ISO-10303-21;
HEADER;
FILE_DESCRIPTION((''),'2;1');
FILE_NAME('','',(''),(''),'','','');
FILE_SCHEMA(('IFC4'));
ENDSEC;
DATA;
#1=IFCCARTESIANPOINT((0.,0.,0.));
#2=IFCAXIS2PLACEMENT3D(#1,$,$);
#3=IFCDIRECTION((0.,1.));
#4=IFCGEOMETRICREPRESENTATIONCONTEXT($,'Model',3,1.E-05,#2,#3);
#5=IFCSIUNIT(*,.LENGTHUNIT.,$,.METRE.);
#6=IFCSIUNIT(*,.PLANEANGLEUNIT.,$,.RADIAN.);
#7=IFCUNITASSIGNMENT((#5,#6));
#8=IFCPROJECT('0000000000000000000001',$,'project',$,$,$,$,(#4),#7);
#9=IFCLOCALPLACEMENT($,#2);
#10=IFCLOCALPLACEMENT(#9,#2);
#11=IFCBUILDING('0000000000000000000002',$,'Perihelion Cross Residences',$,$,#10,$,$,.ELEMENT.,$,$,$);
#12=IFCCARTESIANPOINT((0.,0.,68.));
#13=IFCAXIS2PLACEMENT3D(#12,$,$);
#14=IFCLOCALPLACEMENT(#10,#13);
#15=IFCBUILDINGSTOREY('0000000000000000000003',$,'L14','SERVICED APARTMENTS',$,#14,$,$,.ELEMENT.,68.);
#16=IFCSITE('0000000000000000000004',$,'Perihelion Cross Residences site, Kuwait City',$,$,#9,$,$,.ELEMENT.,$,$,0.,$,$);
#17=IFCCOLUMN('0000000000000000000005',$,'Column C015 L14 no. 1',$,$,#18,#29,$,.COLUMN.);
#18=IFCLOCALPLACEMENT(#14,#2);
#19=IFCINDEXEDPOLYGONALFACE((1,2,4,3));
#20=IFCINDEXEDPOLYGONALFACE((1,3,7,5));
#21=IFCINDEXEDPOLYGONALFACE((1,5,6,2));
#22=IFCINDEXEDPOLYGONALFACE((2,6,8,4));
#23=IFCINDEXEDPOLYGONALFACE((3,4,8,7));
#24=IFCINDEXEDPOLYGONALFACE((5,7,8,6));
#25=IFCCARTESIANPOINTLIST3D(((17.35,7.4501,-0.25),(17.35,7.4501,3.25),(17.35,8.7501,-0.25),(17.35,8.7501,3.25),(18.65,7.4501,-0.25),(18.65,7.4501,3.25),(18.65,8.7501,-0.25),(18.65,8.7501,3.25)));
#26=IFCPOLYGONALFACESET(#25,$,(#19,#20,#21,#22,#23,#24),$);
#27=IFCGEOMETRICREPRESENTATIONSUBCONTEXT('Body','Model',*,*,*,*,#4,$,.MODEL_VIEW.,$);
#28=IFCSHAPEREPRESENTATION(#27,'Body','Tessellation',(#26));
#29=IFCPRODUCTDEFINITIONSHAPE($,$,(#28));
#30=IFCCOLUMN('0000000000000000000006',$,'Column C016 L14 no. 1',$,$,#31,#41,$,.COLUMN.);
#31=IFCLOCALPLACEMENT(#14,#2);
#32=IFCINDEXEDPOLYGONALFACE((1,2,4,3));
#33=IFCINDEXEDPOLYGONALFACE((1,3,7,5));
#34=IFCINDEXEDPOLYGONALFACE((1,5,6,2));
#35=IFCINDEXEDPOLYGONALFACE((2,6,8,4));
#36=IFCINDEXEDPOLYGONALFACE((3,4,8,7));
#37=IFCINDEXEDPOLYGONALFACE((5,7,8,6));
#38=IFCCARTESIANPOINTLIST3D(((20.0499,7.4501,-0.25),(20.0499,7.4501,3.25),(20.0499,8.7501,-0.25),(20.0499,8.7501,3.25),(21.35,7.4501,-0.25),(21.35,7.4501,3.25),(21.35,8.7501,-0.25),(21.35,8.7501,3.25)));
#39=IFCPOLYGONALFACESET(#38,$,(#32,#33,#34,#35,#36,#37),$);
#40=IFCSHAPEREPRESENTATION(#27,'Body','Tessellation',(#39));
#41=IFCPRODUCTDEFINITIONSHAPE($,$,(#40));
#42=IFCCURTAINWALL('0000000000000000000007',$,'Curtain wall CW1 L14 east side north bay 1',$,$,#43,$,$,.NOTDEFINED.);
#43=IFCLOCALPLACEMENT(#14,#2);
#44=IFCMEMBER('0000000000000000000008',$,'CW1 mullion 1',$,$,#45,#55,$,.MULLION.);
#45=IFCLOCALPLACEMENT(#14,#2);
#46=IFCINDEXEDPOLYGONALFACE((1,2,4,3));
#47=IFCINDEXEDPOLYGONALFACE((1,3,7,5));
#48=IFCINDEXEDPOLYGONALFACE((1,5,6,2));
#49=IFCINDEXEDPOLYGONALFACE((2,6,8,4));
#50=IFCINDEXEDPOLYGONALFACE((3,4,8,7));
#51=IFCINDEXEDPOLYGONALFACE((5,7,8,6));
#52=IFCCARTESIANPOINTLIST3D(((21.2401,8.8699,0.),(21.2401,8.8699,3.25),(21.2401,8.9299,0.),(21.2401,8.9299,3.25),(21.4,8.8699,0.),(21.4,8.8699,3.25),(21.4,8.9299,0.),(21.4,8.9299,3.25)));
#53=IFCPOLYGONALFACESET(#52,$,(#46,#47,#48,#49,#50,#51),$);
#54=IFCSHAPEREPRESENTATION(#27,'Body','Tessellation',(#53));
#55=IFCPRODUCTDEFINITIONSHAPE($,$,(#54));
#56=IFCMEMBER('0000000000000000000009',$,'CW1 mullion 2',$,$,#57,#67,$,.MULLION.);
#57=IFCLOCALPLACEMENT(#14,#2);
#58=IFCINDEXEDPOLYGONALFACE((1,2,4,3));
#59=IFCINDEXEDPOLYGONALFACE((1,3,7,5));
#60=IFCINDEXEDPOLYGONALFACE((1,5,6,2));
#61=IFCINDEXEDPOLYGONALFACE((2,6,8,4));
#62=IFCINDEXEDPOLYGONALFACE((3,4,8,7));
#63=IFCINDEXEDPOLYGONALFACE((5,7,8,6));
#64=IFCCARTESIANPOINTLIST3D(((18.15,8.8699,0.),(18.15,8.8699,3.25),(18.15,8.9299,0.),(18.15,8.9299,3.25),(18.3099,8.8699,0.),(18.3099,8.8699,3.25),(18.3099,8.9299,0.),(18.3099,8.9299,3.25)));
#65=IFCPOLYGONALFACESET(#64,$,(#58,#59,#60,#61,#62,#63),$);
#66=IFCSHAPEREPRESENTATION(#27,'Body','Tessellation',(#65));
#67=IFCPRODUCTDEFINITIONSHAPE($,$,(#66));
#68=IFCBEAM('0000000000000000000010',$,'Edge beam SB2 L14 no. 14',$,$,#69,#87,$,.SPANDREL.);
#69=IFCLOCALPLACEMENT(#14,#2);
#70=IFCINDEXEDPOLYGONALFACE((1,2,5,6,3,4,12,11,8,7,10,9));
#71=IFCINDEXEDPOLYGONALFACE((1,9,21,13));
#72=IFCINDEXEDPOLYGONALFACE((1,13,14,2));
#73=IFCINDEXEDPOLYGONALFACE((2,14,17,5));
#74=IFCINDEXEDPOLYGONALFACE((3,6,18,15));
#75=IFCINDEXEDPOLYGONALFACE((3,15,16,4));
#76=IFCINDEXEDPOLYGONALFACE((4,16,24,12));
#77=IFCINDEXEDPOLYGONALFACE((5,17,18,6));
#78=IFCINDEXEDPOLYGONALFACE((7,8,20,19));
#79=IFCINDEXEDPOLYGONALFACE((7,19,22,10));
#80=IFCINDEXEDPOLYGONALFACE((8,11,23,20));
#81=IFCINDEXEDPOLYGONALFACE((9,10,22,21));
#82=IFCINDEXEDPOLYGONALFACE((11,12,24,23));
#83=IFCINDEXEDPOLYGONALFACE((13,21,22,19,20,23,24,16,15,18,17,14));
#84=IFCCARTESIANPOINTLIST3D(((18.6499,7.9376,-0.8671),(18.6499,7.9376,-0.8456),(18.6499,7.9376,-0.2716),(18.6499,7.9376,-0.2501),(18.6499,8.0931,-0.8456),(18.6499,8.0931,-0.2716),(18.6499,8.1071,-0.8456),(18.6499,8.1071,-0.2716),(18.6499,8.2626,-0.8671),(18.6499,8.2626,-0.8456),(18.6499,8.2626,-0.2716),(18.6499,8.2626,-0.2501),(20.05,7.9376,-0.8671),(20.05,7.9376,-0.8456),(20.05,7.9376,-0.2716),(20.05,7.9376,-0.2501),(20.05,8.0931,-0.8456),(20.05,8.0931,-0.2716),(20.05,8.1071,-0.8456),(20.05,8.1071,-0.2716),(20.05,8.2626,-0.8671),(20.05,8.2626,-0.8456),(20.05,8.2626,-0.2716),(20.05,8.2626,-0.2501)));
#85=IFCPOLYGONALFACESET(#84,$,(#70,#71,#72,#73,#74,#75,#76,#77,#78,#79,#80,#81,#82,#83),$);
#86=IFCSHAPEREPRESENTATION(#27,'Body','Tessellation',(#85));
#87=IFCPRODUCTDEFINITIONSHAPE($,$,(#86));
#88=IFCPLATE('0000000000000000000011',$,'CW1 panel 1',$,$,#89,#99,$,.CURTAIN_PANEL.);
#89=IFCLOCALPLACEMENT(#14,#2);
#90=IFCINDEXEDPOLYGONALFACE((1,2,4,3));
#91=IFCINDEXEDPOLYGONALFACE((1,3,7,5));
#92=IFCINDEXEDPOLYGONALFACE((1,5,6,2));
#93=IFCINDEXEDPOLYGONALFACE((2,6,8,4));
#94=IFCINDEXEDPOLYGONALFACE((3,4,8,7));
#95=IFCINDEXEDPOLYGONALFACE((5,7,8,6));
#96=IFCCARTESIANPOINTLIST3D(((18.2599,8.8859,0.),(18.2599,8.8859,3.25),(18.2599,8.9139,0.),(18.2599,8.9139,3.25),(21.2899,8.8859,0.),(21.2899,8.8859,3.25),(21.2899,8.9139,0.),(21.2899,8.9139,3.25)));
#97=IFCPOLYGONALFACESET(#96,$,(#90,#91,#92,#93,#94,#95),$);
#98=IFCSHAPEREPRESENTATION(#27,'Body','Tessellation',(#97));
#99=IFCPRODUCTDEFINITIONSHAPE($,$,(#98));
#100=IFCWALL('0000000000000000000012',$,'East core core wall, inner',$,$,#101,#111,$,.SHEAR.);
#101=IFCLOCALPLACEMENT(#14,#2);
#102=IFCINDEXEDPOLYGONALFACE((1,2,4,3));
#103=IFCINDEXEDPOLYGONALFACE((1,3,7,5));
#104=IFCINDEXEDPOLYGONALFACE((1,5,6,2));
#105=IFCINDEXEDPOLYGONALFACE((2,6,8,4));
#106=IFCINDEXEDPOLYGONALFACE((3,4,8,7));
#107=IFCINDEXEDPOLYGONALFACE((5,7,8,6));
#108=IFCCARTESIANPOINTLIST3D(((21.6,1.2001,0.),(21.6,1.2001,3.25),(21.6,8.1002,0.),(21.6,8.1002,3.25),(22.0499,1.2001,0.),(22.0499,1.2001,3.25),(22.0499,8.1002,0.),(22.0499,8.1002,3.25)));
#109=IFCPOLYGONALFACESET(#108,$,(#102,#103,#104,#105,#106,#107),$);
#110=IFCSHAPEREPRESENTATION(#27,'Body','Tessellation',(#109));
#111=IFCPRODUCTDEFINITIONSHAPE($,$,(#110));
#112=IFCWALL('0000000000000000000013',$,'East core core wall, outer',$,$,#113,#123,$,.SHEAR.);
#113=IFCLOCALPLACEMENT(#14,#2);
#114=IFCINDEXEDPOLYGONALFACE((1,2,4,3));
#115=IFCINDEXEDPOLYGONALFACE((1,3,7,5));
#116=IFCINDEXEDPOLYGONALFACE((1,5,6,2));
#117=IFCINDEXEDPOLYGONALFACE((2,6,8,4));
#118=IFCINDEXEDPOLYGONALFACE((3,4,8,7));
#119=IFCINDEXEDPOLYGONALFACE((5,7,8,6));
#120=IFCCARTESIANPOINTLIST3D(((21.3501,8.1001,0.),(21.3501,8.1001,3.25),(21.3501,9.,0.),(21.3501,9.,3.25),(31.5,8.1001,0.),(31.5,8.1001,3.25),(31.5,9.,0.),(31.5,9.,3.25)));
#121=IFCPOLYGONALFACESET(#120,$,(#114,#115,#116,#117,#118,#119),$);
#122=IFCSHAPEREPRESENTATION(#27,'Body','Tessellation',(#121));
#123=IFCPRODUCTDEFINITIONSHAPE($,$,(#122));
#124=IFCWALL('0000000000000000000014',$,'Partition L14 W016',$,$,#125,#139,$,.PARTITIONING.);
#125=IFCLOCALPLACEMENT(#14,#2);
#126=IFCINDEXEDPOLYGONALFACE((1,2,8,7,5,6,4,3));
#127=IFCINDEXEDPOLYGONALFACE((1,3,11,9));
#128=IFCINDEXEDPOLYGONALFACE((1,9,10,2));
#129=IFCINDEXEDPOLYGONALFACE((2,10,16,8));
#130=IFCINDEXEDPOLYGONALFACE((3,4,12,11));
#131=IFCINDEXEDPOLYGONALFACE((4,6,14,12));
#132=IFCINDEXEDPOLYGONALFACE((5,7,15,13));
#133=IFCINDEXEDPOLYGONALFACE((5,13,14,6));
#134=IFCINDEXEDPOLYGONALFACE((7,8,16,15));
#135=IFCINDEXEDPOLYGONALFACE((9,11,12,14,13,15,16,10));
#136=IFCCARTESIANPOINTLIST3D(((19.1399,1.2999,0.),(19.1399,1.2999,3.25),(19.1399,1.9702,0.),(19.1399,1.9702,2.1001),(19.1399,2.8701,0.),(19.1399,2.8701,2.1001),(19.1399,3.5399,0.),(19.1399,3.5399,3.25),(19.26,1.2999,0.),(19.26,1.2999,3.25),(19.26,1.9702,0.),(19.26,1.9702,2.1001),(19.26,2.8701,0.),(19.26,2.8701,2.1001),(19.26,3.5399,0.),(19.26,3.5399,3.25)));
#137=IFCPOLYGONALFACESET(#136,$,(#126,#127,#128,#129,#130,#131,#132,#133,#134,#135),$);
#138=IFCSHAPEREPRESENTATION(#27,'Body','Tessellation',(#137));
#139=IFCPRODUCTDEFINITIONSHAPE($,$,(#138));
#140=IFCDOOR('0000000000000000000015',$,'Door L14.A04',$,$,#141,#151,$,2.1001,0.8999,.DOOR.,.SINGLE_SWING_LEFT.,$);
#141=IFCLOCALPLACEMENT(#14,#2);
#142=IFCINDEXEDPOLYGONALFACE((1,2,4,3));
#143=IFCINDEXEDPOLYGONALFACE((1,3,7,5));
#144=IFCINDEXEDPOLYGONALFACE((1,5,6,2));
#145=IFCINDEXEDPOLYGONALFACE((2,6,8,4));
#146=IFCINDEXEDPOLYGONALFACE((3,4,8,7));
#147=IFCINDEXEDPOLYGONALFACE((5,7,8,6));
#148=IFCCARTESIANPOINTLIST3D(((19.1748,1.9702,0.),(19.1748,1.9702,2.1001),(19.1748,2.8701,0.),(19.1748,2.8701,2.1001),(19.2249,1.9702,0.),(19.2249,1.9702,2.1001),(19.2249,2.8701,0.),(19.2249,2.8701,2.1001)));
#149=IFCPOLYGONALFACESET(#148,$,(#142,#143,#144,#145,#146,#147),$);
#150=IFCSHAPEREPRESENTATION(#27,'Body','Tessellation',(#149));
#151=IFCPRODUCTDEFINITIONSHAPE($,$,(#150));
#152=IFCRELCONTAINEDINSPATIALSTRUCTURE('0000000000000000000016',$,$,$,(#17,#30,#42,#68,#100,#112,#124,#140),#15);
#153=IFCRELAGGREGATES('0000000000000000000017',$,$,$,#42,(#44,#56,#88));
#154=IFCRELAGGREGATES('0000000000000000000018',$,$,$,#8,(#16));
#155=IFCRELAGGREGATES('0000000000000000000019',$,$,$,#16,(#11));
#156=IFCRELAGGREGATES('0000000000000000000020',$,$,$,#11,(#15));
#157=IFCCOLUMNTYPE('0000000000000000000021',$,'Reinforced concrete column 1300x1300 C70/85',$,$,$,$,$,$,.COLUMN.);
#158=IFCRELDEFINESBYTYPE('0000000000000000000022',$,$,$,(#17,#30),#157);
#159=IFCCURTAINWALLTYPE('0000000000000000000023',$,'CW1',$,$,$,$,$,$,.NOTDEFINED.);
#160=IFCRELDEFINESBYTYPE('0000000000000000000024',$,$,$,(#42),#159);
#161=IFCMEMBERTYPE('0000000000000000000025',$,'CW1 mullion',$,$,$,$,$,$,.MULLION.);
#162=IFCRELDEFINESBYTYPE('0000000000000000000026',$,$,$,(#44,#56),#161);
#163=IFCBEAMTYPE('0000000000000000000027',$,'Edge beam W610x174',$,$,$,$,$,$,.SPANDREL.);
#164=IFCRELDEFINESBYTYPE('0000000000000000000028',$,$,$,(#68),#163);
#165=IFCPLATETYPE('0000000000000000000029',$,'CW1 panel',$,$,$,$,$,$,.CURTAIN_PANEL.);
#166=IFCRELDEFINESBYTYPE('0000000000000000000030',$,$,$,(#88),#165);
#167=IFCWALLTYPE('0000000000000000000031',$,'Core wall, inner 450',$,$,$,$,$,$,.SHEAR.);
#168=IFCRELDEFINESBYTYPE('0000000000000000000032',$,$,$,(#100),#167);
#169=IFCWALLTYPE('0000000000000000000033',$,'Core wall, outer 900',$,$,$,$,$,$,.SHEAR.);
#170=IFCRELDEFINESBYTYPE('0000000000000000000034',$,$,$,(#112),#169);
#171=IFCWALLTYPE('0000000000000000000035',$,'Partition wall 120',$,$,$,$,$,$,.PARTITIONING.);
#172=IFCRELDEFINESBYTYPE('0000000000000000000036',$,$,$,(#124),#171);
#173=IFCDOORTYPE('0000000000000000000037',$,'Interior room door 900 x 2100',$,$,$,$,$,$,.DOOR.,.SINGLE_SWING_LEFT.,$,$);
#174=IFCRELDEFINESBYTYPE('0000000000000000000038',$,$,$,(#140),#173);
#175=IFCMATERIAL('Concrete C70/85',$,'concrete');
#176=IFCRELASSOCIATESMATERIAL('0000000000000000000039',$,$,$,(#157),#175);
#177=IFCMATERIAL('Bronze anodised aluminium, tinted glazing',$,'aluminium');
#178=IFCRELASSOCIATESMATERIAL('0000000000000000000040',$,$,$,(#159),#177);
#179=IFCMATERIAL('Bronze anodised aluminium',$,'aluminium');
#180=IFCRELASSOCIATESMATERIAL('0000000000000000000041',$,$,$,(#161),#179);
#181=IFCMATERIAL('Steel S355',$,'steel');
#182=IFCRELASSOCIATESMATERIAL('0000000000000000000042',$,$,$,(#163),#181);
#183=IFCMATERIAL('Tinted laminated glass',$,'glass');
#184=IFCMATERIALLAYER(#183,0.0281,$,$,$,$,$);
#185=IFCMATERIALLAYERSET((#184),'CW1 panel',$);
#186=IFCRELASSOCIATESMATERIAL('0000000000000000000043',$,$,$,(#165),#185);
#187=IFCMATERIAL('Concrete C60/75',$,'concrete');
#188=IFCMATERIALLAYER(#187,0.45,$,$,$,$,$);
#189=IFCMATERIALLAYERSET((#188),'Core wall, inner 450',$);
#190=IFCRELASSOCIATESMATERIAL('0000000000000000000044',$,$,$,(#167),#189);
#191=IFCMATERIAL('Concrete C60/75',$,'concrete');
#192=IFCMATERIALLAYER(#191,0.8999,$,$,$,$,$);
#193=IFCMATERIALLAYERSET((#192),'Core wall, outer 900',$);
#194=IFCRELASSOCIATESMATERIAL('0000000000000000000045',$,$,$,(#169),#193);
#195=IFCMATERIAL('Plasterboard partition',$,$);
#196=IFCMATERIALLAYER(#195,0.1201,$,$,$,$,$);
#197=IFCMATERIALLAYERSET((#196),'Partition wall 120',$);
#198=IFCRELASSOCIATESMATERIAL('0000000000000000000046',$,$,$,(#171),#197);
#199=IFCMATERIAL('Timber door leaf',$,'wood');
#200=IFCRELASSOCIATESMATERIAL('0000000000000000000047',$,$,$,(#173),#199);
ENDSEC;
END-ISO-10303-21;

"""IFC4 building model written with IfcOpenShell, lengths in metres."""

from ifc_helpers import new_model, si_unit, direction, frame, frame_2d, origin, origin_2d, place, context, subcontext, project, spatial, rectangle, i_section, extrude, material, layer, layer_set, material_profile, profile_set, type_object, element, fill, aggregate, save


model = new_model("IFC4")

# Units and contexts
model_context = context("Model", 3, precision=1e-05, world=origin(), true_north=direction((0.0, 1.0)))
body_context = subcontext(model_context, "Body", "Model", "MODEL_VIEW")
ifc_project = project(units=[si_unit("LENGTHUNIT", "METRE"), si_unit("PLANEANGLEUNIT", "RADIAN")], contexts=[model_context])

# Site, building, storey
site_placement = place(None, origin())
site = spatial("IfcSite", under=ifc_project, at=site_placement, Name="Perihelion Cross Residences site, Kuwait City", CompositionType="ELEMENT", RefElevation=0.0)
building_placement = place(site_placement, origin())
building = spatial("IfcBuilding", under=site, at=building_placement, Name="Perihelion Cross Residences", CompositionType="ELEMENT")
storey_placement = place(building_placement, frame((0.0, 0.0, 68.0)))
storey = spatial("IfcBuildingStorey", under=building, at=storey_placement, Name="L14", Description="SERVICED APARTMENTS", CompositionType="ELEMENT", Elevation=68.0)

# Columns
ifc_material_1 = material(Name="Concrete C70/85", Category="concrete")
ifc_material_profile_1 = material_profile(ifc_material_1, rectangle(XDim=1.3, YDim=1.3, at=origin_2d()), Name="RC 1300x1300")
ifc_profile_set_1 = profile_set([ifc_material_profile_1], Name="Concrete C70/85")
column_type = type_object("IfcColumnType", Name="Reinforced concrete column 1300x1300 C70/85", PredefinedType="COLUMN", material=ifc_profile_set_1)
for number, where, z_axis, x_axis, name in (
    (1, (18.0, 8.1001, -0.25), (0.0, 0.0, 1.0), (1.0, 0.0, 0.0), "Column C015 L14 no. 1"),
    (2, (20.7, 8.1001, -0.25), (0.0, 0.0, 1.0), (1.0, 0.0, 0.0), "Column C016 L14 no. 1"),
):
    element("IfcColumn", number, at=place(storey_placement, frame(where, z_axis=z_axis, x_axis=x_axis)), inside=storey, type_object=column_type, Name=name, PredefinedType="COLUMN", context=body_context, shape_type="SweptSolid", body=[
        extrude(rectangle(XDim=1.3, YDim=1.3, at=origin_2d()), origin(), (0.0, 0.0, 1.0), 3.5),
    ])

# Curtain wall, members
ifc_material_2 = material(Name="Bronze anodised aluminium, tinted glazing", Category="aluminium")
curtain_wall_type = type_object("IfcCurtainWallType", Name="CW1", PredefinedType="NOTDEFINED", material=ifc_material_2)
curtain_wall_placement = place(storey_placement, origin())
curtain_wall = element("IfcCurtainWall", 3, at=curtain_wall_placement, inside=storey, type_object=curtain_wall_type, Name="Curtain wall CW1 L14 east side north bay 1", PredefinedType="NOTDEFINED")
ifc_material_3 = material(Name="Bronze anodised aluminium", Category="aluminium")
ifc_material_profile_2 = material_profile(ifc_material_3, rectangle(XDim=0.0601, YDim=0.1599, at=origin_2d()), Name="CW1 mullion")
ifc_profile_set_2 = profile_set([ifc_material_profile_2], Name="Bronze anodised aluminium")
member_type = type_object("IfcMemberType", Name="CW1 mullion", PredefinedType="MULLION", material=ifc_profile_set_2)
member_1_placement = place(storey_placement, frame((21.3201, 8.8999, 0.0), z_axis=(0.0, 0.0, 1.0), x_axis=(0.0, -1.0, 0.0)))
member_1 = element("IfcMember", 4, at=member_1_placement, type_object=member_type, Name="CW1 mullion 1", PredefinedType="MULLION", context=body_context, shape_type="SweptSolid", body=[
    extrude(rectangle(XDim=0.0601, YDim=0.1599, at=origin_2d()), origin(), (0.0, 0.0, 1.0), 3.25),
])
member_2_placement = place(storey_placement, frame((18.23, 8.8999, 0.0), z_axis=(0.0, 0.0, 1.0), x_axis=(0.0, -1.0, 0.0)))
member_2 = element("IfcMember", 5, at=member_2_placement, type_object=member_type, Name="CW1 mullion 2", PredefinedType="MULLION", context=body_context, shape_type="SweptSolid", body=[
    extrude(rectangle(XDim=0.0601, YDim=0.1599, at=origin_2d()), origin(), (0.0, 0.0, 1.0), 3.25),
])

# Beam
ifc_material_4 = material(Name="Steel S355", Category="steel")
ifc_material_profile_3 = material_profile(ifc_material_4, i_section(OverallWidth=0.325, OverallDepth=0.6169, WebThickness=0.0139, FlangeThickness=0.0215, at=origin_2d()), Name="W610x174")
ifc_profile_set_3 = profile_set([ifc_material_profile_3], Name="Steel S355")
beam_type = type_object("IfcBeamType", Name="Edge beam W610x174", PredefinedType="SPANDREL", material=ifc_profile_set_3)
beam_placement = place(storey_placement, frame((20.05, 8.1001, -0.5586), z_axis=(-1.0, 0.0, 0.0), x_axis=(0.0, -1.0, 0.0)))
element("IfcBeam", 6, at=beam_placement, inside=storey, type_object=beam_type, Name="Edge beam SB2 L14 no. 14", PredefinedType="SPANDREL", context=body_context, shape_type="SweptSolid", body=[
    extrude(i_section(OverallWidth=0.325, OverallDepth=0.6169, WebThickness=0.0139, FlangeThickness=0.0215, at=origin_2d()), origin(), (0.0, 0.0, 1.0), 1.4001),
])

# Plate
ifc_material_5 = material(Name="Tinted laminated glass", Category="glass")
ifc_layer_1 = layer(ifc_material_5, 0.0281)
ifc_layer_set_1 = layer_set([ifc_layer_1], Name="CW1 panel")
plate_type = type_object("IfcPlateType", Name="CW1 panel", PredefinedType="CURTAIN_PANEL", material=ifc_layer_set_1)
plate_placement = place(storey_placement, frame((19.7749, 8.8999, 0.0), z_axis=(0.0, 0.0, 1.0), x_axis=(-1.0, 0.0, 0.0)))
plate = element("IfcPlate", 7, at=plate_placement, type_object=plate_type, Name="CW1 panel 1", PredefinedType="CURTAIN_PANEL", context=body_context, shape_type="SweptSolid", body=[
    extrude(rectangle(XDim=3.03, YDim=0.0281, at=origin_2d()), origin(), (0.0, 0.0, 1.0), 3.25),
])
aggregate(curtain_wall, [member_1, member_2, plate])

# Walls
ifc_material_6 = material(Name="Concrete C60/75", Category="concrete")
ifc_layer_2 = layer(ifc_material_6, 0.45)
ifc_layer_set_2 = layer_set([ifc_layer_2], Name="Core wall, inner 450")
wall_type_1 = type_object("IfcWallType", Name="Core wall, inner 450", PredefinedType="SHEAR", material=ifc_layer_set_2)
wall_1_placement = place(storey_placement, frame((21.825, 1.2, 0.0), z_axis=(0.0, 0.0, 1.0), x_axis=(0.0, 1.0, 0.0)))
element("IfcWall", 8, at=wall_1_placement, inside=storey, type_object=wall_type_1, Name="East core core wall, inner", PredefinedType="SHEAR", context=body_context, shape_type="SweptSolid", body=[
    extrude(rectangle(XDim=6.9001, YDim=0.45, at=frame_2d((3.4502, 0.0))), origin(), (0.0, 0.0, 1.0), 3.25),
])
ifc_material_7 = material(Name="Concrete C60/75", Category="concrete")
ifc_layer_3 = layer(ifc_material_7, 0.8999)
ifc_layer_set_3 = layer_set([ifc_layer_3], Name="Core wall, outer 900")
wall_type_2 = type_object("IfcWallType", Name="Core wall, outer 900", PredefinedType="SHEAR", material=ifc_layer_set_3)
wall_2_placement = place(storey_placement, frame((21.3501, 8.55, 0.0), z_axis=(0.0, 0.0, 1.0), x_axis=(1.0, 0.0, 0.0)))
element("IfcWall", 9, at=wall_2_placement, inside=storey, type_object=wall_type_2, Name="East core core wall, outer", PredefinedType="SHEAR", context=body_context, shape_type="SweptSolid", body=[
    extrude(rectangle(XDim=10.1499, YDim=0.8999, at=frame_2d((5.075, 0.0))), origin(), (0.0, 0.0, 1.0), 3.25),
])

# Wall, opening, door
ifc_material_8 = material(Name="Plasterboard partition")
ifc_layer_4 = layer(ifc_material_8, 0.1201)
ifc_layer_set_4 = layer_set([ifc_layer_4], Name="Partition wall 120")
wall_type_3 = type_object("IfcWallType", Name="Partition wall 120", PredefinedType="PARTITIONING", material=ifc_layer_set_4)
wall_3_placement = place(storey_placement, frame((19.2, 3.54, 0.0), z_axis=(0.0, 0.0, 1.0), x_axis=(0.0, -1.0, 0.0)))
wall_3 = element("IfcWall", 10, at=wall_3_placement, inside=storey, type_object=wall_type_3, Name="Partition L14 W016", PredefinedType="PARTITIONING", context=body_context, shape_type="SweptSolid", body=[
    extrude(rectangle(XDim=2.24, YDim=0.1201, at=frame_2d((1.1201, 0.0))), origin(), (0.0, 0.0, 1.0), 3.25),
])
opening_1_placement = place(wall_3_placement, frame((0.6699, 0.0, 0.0)))
opening_1 = element("IfcOpeningElement", 11, at=opening_1_placement, cuts=wall_3, PredefinedType="OPENING", context=body_context, shape_type="SweptSolid", body=[
    extrude(rectangle(XDim=0.8999, YDim=2.1001, at=frame_2d((0.45, 1.05))), frame((0.0, 0.0701, 0.0), z_axis=(0.0, -1.0, 0.0), x_axis=(1.0, 0.0, 0.0)), (0.0, 0.0, 1.0), 0.1401),
])
ifc_material_9 = material(Name="Timber door leaf", Category="wood")
door_type_1 = type_object("IfcDoorType", Name="Interior room door 900 x 2100", OperationType="SINGLE_SWING_LEFT", PredefinedType="DOOR", material=ifc_material_9)
door_1_placement = place(opening_1_placement, origin())
door_1 = element("IfcDoor", 12, at=door_1_placement, inside=storey, type_object=door_type_1, Name="Door L14.A04", OperationType="SINGLE_SWING_LEFT", OverallHeight=2.1001, OverallWidth=0.8999, PredefinedType="DOOR", context=body_context, shape_type="SweptSolid", body=[
    extrude(rectangle(XDim=0.8999, YDim=2.1001, at=frame_2d((0.45, 1.05))), frame((0.0, 0.0249, 0.0), z_axis=(0.0, -1.0, 0.0), x_axis=(1.0, 0.0, 0.0)), (0.0, 0.0, 1.0), 0.05),
])
fill(opening_1, door_1)

save(model, "model.ifc")
